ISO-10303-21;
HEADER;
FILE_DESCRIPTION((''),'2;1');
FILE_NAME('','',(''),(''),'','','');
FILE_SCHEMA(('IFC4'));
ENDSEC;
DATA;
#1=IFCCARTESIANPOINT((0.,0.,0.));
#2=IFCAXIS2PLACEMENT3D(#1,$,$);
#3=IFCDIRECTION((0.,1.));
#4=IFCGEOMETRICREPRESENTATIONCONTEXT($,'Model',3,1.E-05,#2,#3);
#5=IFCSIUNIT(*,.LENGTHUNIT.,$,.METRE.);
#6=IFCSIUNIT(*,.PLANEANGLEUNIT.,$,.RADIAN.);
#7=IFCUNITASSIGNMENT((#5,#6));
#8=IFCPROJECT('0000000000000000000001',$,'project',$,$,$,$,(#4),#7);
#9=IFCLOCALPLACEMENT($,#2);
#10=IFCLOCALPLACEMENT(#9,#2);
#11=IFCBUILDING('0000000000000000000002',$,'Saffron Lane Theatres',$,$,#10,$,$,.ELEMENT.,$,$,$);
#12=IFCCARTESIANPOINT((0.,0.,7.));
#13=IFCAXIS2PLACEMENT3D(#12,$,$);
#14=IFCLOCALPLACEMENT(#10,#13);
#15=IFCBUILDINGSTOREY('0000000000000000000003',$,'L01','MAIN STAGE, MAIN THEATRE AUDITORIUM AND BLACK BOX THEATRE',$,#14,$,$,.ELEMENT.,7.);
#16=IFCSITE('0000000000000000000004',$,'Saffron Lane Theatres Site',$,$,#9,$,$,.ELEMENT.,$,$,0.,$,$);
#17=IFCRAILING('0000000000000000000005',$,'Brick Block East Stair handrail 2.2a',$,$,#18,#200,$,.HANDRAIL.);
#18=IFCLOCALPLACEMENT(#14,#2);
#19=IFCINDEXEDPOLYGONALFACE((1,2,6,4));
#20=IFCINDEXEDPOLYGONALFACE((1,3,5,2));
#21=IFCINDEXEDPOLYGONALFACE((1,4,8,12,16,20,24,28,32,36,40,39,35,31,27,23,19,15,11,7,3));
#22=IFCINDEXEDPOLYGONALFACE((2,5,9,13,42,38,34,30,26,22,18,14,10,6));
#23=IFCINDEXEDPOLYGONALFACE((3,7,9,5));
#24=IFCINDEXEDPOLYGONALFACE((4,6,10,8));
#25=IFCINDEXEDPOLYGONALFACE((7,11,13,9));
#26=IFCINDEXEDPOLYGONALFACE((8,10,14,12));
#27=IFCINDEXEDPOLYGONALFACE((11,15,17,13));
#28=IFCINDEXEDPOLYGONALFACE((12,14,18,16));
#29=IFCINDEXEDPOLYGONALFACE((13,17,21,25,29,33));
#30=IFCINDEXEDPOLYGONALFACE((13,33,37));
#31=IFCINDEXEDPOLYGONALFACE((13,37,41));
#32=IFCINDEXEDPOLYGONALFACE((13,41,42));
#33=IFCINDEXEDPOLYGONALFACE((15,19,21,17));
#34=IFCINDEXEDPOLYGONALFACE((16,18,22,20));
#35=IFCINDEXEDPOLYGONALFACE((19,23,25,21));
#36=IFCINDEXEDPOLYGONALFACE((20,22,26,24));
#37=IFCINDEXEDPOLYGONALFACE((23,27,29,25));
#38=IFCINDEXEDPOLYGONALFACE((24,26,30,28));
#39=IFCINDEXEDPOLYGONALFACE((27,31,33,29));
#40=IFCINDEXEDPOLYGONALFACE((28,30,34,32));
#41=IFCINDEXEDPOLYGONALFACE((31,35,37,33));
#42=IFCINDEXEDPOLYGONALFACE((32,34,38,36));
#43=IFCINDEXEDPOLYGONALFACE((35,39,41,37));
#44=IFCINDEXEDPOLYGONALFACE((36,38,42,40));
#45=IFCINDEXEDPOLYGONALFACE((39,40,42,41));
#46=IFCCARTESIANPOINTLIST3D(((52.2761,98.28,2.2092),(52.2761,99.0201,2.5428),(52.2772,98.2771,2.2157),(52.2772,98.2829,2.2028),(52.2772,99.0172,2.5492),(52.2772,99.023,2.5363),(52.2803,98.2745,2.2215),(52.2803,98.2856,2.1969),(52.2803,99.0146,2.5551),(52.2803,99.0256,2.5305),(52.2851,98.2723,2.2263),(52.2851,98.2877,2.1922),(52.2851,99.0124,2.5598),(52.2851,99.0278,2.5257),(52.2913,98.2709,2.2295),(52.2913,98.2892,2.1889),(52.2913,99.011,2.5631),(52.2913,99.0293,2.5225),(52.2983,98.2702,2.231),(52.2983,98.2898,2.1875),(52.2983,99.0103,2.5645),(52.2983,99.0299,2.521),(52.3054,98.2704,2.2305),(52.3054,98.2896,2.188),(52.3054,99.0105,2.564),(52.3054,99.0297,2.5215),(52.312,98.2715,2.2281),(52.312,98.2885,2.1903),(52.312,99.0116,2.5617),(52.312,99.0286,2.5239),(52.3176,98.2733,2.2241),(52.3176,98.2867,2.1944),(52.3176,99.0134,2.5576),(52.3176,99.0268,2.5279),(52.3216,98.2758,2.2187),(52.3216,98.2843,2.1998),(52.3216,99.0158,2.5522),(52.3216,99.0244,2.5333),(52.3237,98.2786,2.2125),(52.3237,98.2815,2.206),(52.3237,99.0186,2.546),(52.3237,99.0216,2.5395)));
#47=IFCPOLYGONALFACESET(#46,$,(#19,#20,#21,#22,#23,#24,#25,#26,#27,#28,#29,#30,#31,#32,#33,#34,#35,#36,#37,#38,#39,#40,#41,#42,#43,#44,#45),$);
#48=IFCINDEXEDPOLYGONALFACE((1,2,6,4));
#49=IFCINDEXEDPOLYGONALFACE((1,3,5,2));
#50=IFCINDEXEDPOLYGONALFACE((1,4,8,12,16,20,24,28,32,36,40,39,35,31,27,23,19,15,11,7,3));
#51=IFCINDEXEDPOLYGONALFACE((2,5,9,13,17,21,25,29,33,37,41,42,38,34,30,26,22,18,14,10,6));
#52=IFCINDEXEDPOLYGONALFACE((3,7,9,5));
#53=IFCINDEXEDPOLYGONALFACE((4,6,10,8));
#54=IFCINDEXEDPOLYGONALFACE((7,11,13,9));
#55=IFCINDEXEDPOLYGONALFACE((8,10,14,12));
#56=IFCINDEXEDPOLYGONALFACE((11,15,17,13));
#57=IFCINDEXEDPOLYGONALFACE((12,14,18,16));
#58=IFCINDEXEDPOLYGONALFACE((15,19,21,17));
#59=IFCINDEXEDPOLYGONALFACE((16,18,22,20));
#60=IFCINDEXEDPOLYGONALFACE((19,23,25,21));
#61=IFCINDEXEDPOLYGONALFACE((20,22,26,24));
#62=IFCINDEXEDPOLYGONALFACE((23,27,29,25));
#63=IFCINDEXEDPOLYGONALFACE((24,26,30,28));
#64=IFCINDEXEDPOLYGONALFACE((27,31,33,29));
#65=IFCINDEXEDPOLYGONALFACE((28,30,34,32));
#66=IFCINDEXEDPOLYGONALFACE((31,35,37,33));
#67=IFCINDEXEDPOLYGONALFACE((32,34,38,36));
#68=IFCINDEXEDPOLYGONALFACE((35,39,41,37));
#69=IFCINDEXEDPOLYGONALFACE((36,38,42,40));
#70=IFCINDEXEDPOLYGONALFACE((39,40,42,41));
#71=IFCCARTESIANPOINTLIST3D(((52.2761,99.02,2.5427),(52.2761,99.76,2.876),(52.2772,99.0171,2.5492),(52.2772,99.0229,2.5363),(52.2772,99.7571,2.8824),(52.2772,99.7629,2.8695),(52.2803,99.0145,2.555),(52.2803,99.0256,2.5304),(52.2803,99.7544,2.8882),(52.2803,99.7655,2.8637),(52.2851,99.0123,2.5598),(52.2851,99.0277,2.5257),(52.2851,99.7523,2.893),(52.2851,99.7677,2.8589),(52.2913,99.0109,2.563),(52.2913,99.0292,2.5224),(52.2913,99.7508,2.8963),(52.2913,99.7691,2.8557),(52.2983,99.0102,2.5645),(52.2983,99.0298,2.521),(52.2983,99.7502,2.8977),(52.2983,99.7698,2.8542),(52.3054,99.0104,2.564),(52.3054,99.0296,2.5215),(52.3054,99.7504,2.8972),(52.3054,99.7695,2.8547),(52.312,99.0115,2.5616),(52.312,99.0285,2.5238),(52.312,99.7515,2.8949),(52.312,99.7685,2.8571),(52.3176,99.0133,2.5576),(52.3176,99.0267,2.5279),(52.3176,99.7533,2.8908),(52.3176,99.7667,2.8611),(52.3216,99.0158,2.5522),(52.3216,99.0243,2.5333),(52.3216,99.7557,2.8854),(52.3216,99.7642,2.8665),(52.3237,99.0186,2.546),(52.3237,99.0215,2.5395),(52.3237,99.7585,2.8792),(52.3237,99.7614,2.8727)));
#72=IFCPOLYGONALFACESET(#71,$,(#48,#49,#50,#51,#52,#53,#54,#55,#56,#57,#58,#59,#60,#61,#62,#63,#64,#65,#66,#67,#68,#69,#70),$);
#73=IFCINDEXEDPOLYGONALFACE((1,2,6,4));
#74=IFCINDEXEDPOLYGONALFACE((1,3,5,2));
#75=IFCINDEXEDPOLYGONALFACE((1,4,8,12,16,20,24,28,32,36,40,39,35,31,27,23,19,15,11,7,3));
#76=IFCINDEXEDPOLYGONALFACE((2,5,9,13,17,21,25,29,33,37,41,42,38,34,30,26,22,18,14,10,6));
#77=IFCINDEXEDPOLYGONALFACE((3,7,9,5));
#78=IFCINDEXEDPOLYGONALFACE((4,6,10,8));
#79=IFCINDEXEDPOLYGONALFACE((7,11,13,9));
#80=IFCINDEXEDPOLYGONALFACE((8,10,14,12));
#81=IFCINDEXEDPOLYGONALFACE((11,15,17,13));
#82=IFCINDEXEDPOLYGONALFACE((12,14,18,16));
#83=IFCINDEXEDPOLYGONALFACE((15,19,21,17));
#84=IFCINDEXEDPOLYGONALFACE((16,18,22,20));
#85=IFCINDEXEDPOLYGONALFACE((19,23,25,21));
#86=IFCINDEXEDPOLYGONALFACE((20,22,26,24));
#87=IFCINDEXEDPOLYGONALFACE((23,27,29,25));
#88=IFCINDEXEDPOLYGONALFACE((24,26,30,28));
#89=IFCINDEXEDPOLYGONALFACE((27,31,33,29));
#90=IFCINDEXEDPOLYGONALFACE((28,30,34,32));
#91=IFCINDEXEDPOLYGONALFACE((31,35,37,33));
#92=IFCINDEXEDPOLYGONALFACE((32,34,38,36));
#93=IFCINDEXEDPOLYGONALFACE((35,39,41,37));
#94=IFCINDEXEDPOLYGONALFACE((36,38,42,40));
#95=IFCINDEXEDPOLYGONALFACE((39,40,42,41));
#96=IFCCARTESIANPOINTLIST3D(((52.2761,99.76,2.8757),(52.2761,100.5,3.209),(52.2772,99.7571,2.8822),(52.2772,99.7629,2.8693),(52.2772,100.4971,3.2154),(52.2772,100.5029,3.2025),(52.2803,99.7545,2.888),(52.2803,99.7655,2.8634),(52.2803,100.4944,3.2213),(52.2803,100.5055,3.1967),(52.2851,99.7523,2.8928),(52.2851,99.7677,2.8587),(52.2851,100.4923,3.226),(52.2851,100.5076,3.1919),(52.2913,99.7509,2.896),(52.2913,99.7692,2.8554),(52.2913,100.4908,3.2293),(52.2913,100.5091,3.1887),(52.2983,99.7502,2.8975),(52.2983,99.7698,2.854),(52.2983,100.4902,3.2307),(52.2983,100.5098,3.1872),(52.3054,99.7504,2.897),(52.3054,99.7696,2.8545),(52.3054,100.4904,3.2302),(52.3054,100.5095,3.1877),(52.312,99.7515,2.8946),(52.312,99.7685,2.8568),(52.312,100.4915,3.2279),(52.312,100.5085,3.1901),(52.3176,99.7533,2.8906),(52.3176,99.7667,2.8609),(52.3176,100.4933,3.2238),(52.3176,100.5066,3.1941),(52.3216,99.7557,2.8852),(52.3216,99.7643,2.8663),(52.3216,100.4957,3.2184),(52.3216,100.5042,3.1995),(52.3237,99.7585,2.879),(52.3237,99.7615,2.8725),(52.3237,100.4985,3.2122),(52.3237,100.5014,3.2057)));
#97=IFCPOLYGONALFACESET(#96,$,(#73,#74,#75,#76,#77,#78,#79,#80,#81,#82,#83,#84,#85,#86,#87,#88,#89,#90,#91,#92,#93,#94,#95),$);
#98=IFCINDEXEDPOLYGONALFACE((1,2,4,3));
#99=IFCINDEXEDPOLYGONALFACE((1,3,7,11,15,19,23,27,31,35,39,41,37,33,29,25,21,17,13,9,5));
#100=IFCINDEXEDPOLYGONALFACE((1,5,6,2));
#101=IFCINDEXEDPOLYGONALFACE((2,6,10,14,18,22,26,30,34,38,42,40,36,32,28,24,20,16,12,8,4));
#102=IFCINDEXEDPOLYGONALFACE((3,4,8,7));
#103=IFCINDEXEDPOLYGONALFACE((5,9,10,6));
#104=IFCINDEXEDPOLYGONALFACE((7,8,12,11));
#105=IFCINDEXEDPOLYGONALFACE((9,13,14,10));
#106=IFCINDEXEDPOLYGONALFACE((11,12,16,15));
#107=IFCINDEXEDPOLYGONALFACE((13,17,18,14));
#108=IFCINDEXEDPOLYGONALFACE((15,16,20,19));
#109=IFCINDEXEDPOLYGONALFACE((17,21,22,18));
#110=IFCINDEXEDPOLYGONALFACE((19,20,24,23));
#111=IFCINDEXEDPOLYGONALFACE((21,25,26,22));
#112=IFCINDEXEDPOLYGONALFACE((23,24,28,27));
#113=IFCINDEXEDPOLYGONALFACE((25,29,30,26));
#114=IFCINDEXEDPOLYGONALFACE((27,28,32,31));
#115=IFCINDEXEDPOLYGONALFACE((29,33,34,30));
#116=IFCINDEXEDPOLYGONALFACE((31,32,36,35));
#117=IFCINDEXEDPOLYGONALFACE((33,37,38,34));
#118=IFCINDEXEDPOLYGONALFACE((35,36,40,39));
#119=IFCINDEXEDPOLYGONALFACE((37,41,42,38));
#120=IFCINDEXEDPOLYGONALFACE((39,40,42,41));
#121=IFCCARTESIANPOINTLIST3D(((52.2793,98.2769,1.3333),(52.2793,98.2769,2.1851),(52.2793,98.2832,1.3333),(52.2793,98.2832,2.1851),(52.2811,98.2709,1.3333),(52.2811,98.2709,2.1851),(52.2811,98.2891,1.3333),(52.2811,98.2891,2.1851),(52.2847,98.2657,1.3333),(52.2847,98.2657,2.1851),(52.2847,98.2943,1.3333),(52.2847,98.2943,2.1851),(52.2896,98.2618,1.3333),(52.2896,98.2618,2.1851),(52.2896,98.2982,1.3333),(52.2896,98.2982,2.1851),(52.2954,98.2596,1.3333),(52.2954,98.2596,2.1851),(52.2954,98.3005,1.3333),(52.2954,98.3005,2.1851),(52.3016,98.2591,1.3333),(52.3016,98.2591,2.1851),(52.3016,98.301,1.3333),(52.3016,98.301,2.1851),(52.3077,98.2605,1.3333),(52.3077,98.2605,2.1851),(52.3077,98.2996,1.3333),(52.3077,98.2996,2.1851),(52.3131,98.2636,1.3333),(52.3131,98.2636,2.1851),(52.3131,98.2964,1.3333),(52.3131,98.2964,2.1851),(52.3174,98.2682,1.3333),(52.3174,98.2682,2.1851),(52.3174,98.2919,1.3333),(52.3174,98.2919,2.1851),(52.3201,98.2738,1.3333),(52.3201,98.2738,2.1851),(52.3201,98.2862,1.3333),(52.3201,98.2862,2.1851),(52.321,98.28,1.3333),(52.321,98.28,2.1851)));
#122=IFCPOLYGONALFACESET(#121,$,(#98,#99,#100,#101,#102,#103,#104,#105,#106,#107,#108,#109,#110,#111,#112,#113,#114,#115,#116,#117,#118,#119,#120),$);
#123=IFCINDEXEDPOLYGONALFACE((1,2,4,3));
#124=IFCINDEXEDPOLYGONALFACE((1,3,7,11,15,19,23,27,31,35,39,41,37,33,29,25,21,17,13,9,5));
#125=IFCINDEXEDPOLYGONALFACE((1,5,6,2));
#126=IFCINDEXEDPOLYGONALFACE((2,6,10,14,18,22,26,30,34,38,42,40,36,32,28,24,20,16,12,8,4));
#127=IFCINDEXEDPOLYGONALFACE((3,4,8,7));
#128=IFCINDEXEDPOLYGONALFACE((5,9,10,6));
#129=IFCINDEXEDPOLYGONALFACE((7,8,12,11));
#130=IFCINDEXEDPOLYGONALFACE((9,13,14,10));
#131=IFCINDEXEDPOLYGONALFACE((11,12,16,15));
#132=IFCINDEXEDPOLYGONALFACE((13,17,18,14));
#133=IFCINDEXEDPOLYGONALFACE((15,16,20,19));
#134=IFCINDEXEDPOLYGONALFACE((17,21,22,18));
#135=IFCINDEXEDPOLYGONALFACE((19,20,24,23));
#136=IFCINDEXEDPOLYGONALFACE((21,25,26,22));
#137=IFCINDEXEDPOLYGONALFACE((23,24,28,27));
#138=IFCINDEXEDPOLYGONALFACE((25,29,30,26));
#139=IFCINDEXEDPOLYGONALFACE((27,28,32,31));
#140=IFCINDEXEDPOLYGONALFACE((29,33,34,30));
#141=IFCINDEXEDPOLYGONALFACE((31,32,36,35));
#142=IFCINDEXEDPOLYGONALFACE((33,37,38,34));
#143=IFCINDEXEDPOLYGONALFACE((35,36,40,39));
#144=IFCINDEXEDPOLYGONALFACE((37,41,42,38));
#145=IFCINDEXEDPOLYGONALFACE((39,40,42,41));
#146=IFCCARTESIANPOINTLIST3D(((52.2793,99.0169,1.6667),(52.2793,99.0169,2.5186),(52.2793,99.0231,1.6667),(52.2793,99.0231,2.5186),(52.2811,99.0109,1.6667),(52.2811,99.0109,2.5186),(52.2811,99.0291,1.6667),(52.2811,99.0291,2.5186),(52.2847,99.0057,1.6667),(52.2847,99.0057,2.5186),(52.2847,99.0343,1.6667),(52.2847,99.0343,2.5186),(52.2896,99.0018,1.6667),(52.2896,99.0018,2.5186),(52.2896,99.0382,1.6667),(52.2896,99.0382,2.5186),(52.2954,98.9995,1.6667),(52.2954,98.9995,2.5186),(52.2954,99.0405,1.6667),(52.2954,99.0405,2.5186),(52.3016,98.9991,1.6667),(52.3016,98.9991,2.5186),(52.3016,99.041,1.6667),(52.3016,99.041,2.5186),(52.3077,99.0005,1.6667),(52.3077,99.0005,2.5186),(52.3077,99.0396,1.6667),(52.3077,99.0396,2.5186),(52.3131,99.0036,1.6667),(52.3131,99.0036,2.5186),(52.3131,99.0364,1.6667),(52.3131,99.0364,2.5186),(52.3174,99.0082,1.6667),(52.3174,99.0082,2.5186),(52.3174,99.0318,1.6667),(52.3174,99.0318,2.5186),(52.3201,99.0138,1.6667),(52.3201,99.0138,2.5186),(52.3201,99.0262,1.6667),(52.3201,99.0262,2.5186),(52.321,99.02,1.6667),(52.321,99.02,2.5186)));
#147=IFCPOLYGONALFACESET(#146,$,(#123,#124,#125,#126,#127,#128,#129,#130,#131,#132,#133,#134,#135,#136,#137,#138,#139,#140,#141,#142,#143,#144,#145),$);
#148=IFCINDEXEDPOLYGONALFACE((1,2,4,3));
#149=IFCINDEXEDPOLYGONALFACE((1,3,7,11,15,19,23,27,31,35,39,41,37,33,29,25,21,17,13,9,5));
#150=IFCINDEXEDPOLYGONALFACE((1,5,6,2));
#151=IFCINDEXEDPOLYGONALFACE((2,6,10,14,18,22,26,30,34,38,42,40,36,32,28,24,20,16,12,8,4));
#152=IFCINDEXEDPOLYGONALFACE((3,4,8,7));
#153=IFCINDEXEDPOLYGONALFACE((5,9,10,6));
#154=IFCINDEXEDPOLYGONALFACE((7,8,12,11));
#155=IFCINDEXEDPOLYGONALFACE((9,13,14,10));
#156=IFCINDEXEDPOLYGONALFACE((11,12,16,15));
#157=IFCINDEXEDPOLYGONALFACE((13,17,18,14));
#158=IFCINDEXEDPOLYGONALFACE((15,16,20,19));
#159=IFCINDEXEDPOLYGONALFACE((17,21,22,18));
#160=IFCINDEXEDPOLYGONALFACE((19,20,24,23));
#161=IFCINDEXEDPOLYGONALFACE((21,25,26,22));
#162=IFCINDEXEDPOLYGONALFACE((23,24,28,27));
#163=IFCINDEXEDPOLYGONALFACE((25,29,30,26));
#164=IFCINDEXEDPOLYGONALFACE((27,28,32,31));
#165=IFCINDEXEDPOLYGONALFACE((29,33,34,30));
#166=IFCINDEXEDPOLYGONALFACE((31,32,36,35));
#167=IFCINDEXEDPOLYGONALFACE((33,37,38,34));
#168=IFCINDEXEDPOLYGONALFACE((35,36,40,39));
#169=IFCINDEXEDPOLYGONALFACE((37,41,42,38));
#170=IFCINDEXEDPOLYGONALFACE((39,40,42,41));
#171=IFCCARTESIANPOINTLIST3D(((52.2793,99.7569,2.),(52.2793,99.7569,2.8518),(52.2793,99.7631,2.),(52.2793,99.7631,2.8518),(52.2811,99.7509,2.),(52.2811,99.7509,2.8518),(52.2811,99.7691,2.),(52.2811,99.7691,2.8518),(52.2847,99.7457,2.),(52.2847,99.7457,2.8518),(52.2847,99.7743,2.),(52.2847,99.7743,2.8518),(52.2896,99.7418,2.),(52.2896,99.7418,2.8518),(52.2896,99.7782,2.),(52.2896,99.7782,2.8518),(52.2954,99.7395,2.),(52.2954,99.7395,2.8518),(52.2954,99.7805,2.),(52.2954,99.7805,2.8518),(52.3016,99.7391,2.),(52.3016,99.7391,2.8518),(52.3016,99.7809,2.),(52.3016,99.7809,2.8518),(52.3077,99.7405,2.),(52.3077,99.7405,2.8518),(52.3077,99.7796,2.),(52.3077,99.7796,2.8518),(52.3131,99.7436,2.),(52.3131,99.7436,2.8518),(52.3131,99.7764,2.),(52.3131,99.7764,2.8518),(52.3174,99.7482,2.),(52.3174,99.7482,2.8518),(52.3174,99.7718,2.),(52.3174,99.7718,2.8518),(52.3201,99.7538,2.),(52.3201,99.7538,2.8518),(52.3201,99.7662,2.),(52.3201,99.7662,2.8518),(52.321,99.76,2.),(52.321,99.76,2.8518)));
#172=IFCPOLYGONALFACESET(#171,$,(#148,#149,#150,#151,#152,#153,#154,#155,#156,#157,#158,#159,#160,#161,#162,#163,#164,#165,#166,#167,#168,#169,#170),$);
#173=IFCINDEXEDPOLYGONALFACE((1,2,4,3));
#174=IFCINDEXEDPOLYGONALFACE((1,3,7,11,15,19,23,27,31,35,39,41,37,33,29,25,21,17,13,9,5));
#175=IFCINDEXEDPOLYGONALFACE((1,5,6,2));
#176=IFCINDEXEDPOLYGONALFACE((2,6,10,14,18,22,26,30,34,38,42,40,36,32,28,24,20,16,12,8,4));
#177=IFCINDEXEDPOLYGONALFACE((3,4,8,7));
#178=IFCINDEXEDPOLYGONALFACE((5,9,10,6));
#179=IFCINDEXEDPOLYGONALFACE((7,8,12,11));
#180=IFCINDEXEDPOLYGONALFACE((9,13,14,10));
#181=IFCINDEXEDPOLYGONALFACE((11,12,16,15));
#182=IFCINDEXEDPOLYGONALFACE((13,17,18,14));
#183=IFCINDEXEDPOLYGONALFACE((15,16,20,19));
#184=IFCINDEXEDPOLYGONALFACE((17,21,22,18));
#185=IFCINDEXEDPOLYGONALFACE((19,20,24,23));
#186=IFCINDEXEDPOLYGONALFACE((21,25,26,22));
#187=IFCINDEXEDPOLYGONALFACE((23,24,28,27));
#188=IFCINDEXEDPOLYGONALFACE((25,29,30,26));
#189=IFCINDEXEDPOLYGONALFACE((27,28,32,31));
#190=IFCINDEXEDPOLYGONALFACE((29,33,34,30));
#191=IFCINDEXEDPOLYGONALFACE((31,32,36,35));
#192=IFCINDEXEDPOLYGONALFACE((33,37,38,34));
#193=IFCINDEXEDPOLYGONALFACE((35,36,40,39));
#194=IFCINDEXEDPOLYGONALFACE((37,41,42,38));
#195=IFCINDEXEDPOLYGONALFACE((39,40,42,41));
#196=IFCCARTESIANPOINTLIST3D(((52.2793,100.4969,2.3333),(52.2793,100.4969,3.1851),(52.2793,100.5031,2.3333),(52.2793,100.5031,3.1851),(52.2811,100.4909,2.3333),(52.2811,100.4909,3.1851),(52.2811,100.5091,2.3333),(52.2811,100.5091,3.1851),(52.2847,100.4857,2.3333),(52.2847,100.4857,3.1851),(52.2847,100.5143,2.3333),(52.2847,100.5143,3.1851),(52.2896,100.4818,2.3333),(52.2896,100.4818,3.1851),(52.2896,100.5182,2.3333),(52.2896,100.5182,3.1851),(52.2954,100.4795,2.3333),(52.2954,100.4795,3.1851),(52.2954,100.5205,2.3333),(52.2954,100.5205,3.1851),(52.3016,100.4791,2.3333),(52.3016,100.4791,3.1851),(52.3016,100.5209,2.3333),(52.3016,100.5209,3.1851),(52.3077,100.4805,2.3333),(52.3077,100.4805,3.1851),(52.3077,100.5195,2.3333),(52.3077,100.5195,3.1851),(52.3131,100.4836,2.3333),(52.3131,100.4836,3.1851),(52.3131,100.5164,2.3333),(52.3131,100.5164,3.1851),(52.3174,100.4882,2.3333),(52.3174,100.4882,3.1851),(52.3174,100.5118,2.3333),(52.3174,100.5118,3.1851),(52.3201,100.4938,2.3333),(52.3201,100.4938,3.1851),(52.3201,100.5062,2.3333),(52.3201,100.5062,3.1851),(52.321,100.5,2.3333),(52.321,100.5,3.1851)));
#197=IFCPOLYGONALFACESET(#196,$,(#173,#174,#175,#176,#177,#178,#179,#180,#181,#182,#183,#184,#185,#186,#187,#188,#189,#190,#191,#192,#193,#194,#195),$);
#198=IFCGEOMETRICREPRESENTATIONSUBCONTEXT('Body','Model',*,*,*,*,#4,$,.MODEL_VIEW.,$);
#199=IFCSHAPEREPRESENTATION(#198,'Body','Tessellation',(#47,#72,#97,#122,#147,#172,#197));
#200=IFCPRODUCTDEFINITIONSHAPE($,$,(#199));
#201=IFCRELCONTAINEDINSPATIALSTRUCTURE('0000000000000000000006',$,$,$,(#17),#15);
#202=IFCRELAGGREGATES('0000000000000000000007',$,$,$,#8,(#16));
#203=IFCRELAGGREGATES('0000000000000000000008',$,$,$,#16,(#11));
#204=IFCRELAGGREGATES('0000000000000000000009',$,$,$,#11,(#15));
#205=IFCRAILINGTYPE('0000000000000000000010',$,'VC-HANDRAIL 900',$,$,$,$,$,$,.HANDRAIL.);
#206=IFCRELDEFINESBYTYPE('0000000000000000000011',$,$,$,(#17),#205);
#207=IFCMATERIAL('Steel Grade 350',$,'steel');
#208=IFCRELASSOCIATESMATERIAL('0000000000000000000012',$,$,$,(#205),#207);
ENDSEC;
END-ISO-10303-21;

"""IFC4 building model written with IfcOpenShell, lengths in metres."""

from ifc_helpers import new_model, si_unit, direction, frame, origin, origin_2d, place, context, subcontext, project, spatial, circle, extrude, material, type_object, element, save


model = new_model("IFC4")

# Units and contexts
model_context = context("Model", 3, precision=1e-05, world=origin(), true_north=direction((0.0, 1.0)))
body_context = subcontext(model_context, "Body", "Model", "MODEL_VIEW")
ifc_project = project(units=[si_unit("LENGTHUNIT", "METRE"), si_unit("PLANEANGLEUNIT", "RADIAN")], contexts=[model_context])

# Site, building, storey
site_placement = place(None, origin())
site = spatial("IfcSite", under=ifc_project, at=site_placement, Name="Saffron Lane Theatres Site", CompositionType="ELEMENT", RefElevation=0.0)
building_placement = place(site_placement, origin())
building = spatial("IfcBuilding", under=site, at=building_placement, Name="Saffron Lane Theatres", CompositionType="ELEMENT")
storey_placement = place(building_placement, frame((0.0, 0.0, 7.0)))
storey = spatial("IfcBuildingStorey", under=building, at=storey_placement, Name="L01", Description="MAIN STAGE, MAIN THEATRE AUDITORIUM AND BLACK BOX THEATRE", CompositionType="ELEMENT", Elevation=7.0)

# Railing
ifc_material_1 = material(Name="Steel Grade 350", Category="steel")
railing_type_1 = type_object("IfcRailingType", Name="VC-HANDRAIL 900", PredefinedType="HANDRAIL", material=ifc_material_1)
for number, where, name in (
    (1, (52.3, 98.28, 1.3333), "Brick Block East Stair handrail 2.2a"),
):
    element("IfcRailing", number, at=place(storey_placement, frame(where)), inside=storey, type_object=railing_type_1, Name=name, PredefinedType="HANDRAIL", context=body_context, shape_type="SweptSolid", body=[
        extrude(circle(Radius=0.0239, at=origin_2d()), frame((0.0, 0.0, 0.876), z_axis=(0.0, 0.911691, 0.410877), x_axis=(-1.0, 0.0, 0.0)), (0.0, 0.0, 1.0), 0.8118),
        extrude(circle(Radius=0.0239, at=origin_2d()), frame((0.0, 0.74, 1.2095), z_axis=(0.0, 0.911803, 0.410627), x_axis=(-1.0, 0.0, 0.0)), (0.0, 0.0, 1.0), 0.8115),
        extrude(circle(Radius=0.0239, at=origin_2d()), frame((0.0, 1.48, 1.5425), z_axis=(0.0, 0.911803, 0.410627), x_axis=(-1.0, 0.0, 0.0)), (0.0, 0.0, 1.0), 0.8115),
        extrude(circle(Radius=0.021, at=origin_2d()), origin(), (0.0, 0.0, 1.0), 0.8518),
        extrude(circle(Radius=0.021, at=origin_2d()), frame((0.0, 0.74, 0.3335)), (0.0, 0.0, 1.0), 0.8518),
        extrude(circle(Radius=0.021, at=origin_2d()), frame((0.0, 1.48, 0.6667)), (0.0, 0.0, 1.0), 0.8518),
        extrude(circle(Radius=0.021, at=origin_2d()), frame((0.0, 2.22, 1.0)), (0.0, 0.0, 1.0), 0.8518),
    ])

save(model, "model.ifc")
